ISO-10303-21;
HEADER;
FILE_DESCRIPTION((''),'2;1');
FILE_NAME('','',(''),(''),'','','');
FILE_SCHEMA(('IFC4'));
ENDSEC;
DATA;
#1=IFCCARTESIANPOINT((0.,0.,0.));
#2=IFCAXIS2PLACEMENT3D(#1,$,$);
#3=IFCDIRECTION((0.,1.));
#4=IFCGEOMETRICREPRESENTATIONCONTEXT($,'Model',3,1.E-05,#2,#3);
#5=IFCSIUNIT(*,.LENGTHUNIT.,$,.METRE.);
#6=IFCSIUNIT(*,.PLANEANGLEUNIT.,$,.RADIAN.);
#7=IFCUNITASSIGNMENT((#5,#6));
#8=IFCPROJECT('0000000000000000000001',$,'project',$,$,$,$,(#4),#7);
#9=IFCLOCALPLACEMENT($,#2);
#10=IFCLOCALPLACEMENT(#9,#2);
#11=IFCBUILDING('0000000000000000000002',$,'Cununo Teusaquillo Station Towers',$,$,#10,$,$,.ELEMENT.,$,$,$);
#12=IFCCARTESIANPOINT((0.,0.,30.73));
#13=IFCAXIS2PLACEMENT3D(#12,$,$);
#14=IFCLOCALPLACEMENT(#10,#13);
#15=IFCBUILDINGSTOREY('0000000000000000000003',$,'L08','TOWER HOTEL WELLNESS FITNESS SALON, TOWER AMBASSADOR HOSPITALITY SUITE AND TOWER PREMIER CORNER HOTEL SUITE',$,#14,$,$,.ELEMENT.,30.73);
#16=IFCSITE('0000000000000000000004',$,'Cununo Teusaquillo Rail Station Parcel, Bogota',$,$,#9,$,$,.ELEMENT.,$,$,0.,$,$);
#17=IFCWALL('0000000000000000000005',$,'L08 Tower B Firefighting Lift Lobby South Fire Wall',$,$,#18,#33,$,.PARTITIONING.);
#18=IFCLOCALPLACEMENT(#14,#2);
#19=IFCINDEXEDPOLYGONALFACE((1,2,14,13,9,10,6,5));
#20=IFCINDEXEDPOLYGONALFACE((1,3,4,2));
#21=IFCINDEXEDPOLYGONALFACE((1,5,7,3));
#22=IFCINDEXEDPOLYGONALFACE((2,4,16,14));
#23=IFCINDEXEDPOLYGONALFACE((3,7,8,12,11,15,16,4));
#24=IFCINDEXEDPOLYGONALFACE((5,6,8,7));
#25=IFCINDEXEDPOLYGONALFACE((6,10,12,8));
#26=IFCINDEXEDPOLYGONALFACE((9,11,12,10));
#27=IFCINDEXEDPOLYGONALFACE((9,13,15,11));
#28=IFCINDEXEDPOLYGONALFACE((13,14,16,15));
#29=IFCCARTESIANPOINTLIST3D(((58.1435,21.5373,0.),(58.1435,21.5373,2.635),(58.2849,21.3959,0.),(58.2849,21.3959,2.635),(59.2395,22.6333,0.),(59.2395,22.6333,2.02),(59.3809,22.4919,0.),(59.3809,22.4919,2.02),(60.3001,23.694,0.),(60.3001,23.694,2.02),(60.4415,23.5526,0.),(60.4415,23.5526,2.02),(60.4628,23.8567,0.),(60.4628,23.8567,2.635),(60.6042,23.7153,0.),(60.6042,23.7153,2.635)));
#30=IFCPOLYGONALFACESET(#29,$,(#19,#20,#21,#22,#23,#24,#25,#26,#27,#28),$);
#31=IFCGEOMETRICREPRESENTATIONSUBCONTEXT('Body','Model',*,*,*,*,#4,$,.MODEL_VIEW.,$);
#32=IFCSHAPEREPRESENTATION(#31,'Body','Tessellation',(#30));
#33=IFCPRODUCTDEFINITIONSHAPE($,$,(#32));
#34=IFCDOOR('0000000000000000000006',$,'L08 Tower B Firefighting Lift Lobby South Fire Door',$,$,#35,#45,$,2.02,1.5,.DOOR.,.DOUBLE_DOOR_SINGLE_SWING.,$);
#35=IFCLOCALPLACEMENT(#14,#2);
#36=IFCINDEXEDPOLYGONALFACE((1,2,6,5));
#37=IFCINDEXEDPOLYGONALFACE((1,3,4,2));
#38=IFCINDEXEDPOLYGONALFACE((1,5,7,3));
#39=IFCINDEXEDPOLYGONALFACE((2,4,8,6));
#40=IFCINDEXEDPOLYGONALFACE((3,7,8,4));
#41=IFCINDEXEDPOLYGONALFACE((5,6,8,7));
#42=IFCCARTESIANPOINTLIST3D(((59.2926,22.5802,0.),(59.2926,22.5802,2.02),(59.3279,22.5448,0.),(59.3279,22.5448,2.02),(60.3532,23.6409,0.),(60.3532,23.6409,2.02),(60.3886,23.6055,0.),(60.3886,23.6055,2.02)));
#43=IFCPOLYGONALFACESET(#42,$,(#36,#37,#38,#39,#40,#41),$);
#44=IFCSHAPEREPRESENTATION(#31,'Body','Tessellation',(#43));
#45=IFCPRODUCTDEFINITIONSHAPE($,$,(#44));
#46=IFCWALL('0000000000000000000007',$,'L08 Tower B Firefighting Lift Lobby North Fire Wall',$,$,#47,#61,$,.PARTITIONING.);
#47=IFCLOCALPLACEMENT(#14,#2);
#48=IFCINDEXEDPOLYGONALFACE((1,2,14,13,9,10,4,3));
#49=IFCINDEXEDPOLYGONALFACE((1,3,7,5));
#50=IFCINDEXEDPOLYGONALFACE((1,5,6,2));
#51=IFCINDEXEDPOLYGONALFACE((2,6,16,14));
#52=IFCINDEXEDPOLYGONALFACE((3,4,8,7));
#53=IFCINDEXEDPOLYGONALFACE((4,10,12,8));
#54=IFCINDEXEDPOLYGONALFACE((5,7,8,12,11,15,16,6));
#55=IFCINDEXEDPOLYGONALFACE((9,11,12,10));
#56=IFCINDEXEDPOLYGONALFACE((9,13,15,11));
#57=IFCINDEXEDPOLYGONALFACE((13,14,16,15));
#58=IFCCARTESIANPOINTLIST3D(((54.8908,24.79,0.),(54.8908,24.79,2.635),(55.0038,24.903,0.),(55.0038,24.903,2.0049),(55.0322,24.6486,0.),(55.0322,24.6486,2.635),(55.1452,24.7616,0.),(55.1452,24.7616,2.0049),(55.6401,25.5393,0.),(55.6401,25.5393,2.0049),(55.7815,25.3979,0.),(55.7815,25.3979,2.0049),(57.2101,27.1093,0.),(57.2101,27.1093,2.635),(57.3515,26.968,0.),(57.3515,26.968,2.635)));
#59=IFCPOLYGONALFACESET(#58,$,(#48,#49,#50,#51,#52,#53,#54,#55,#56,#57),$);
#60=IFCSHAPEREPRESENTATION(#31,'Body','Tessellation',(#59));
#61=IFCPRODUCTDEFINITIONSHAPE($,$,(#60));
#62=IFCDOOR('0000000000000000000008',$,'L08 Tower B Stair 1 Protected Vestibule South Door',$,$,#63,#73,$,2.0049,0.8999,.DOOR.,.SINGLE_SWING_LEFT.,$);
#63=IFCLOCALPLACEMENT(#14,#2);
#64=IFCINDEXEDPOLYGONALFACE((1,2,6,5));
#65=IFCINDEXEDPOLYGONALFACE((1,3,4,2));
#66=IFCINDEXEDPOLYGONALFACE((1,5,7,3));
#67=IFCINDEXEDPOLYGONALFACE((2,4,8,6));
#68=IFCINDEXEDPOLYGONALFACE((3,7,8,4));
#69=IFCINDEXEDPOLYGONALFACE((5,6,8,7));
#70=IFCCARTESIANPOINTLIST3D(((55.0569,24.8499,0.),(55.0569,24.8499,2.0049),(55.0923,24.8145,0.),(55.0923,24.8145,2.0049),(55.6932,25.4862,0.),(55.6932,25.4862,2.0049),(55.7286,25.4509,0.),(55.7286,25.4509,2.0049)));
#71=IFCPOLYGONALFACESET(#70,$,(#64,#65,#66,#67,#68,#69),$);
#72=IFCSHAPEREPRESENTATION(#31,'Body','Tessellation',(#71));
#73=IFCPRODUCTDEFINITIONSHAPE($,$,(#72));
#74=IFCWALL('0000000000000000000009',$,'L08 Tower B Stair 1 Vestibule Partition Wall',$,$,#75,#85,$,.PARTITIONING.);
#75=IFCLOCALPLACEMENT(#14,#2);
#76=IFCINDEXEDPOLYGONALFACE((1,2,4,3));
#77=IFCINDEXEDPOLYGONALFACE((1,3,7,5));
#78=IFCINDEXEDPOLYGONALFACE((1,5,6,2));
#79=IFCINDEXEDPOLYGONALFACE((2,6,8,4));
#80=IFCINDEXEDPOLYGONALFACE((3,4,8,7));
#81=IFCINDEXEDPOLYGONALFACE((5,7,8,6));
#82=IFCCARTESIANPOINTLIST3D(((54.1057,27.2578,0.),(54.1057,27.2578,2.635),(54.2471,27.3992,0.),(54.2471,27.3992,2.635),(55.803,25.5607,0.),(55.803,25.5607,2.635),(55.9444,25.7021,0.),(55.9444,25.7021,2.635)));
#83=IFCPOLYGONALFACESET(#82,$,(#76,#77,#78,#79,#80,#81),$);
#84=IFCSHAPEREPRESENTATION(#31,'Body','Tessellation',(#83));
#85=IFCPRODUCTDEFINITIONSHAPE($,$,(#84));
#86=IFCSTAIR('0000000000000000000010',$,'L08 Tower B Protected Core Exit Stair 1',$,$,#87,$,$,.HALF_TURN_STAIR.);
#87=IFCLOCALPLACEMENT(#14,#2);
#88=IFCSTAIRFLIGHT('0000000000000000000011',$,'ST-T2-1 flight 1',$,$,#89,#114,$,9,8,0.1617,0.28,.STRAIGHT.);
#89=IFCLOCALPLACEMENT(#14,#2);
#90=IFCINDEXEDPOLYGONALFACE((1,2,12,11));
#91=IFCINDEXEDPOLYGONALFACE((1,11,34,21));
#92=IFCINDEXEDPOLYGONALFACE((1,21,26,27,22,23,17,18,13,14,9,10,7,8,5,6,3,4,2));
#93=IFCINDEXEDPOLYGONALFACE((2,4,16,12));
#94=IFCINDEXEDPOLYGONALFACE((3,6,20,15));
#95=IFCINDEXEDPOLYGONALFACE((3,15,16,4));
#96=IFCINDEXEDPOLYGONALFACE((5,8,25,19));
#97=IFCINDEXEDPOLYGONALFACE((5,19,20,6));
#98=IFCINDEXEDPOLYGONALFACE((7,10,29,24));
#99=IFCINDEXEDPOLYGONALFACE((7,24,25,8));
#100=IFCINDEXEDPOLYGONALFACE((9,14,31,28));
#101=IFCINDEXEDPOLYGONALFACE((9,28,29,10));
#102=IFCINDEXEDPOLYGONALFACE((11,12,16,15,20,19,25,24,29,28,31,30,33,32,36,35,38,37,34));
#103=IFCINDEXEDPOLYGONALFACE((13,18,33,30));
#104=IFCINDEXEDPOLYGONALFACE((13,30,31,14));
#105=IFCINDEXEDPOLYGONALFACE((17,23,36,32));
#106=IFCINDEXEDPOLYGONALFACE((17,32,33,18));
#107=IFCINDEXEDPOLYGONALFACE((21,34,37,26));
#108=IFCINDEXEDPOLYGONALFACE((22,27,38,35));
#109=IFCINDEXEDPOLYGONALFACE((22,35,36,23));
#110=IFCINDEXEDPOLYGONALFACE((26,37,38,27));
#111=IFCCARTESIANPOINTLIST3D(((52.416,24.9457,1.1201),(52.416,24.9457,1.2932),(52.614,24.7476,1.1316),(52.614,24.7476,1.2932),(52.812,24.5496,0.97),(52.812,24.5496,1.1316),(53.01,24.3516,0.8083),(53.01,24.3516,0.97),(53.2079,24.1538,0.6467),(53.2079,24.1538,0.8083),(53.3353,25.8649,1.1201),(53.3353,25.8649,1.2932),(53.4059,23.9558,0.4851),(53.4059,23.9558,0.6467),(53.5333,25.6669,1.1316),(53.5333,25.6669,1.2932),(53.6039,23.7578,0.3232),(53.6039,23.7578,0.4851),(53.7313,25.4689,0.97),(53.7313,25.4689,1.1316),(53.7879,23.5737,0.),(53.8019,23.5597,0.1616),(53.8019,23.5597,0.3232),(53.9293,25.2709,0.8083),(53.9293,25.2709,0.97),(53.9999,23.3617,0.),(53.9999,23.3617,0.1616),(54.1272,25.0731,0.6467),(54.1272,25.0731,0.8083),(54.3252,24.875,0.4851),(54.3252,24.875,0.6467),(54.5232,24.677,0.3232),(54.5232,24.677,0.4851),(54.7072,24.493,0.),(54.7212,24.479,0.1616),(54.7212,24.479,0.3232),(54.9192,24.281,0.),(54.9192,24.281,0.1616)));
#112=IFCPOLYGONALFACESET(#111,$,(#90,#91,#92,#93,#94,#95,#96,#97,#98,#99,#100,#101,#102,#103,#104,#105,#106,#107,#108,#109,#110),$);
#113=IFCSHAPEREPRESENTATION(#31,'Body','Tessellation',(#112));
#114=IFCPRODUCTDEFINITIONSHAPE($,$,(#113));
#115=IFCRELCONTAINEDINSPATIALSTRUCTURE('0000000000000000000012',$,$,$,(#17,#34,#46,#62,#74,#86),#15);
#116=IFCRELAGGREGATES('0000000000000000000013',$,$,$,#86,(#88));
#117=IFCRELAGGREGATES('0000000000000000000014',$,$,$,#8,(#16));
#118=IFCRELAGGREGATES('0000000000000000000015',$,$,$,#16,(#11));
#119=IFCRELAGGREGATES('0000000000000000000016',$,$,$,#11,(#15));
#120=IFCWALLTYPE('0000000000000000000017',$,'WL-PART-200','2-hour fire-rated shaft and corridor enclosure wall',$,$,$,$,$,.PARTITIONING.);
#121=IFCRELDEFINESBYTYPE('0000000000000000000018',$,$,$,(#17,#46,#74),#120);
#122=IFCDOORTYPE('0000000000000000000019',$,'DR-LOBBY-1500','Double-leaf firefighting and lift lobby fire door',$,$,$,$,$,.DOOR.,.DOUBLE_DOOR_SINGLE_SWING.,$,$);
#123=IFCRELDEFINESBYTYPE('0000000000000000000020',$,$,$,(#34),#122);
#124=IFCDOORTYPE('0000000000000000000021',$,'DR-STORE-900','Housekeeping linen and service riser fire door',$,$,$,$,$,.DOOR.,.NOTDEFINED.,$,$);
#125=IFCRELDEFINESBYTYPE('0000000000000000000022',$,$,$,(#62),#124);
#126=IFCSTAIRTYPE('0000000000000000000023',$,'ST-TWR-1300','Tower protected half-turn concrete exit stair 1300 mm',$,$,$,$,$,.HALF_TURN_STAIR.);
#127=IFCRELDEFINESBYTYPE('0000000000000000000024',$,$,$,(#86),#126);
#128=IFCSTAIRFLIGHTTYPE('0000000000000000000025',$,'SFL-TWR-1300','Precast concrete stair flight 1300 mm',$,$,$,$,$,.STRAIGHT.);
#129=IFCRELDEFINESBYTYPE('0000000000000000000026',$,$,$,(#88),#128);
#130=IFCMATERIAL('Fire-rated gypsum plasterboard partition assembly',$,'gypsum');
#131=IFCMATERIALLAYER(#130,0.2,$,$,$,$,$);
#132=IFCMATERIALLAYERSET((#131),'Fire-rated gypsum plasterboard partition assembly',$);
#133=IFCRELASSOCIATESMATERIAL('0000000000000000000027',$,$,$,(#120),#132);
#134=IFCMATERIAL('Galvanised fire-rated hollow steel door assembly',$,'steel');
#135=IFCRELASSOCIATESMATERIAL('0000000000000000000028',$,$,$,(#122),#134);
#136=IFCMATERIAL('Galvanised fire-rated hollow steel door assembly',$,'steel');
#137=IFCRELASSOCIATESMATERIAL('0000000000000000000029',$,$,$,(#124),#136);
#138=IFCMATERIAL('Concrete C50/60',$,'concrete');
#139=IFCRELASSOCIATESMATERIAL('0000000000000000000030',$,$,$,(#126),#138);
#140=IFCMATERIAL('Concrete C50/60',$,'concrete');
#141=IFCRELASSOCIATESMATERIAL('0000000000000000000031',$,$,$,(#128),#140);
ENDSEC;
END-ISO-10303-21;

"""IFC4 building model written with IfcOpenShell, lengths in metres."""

from ifc_helpers import new_model, si_unit, direction, frame, frame_2d, origin, place, context, subcontext, project, spatial, polyline, rectangle, outline, extrude, source, transform, mapped, material, layer, layer_set, type_object, element, fill, aggregate, save


model = new_model("IFC4")

# Units and contexts
model_context = context("Model", 3, precision=1e-05, world=origin(), true_north=direction((0.0, 1.0)))
body_context = subcontext(model_context, "Body", "Model", "MODEL_VIEW")
ifc_project = project(units=[si_unit("LENGTHUNIT", "METRE"), si_unit("PLANEANGLEUNIT", "RADIAN")], contexts=[model_context])

# Site, building, storey
site_placement = place(None, origin())
site = spatial("IfcSite", under=ifc_project, at=site_placement, Name="Cununo Teusaquillo Rail Station Parcel, Bogota", CompositionType="ELEMENT", RefElevation=0.0)
building_placement = place(site_placement, origin())
building = spatial("IfcBuilding", under=site, at=building_placement, Name="Cununo Teusaquillo Station Towers", CompositionType="ELEMENT")
storey_placement = place(building_placement, frame((0.0, 0.0, 30.73)))
storey = spatial("IfcBuildingStorey", under=building, at=storey_placement, Name="L08", Description="TOWER HOTEL WELLNESS FITNESS SALON, TOWER AMBASSADOR HOSPITALITY SUITE AND TOWER PREMIER CORNER HOTEL SUITE", CompositionType="ELEMENT", Elevation=30.73)

# Shared definitions
shared_shape_1 = source(origin(), body_context, "Body", "SweptSolid", [
    extrude(rectangle(XDim=0.8999, YDim=2.0049, at=frame_2d((0.45, 1.0024))), frame((0.0, 0.0249, 0.0), z_axis=(0.0, -1.0, 0.0), x_axis=(1.0, 0.0, 0.0)), (0.0, 0.0, 1.0), 0.05),
])

# Walls, openings, doors
ifc_material_1 = material(Name="Fire-rated gypsum plasterboard partition assembly", Category="gypsum")
ifc_layer_1 = layer(ifc_material_1, 0.2)
ifc_layer_set_1 = layer_set([ifc_layer_1], Name="Fire-rated gypsum plasterboard partition assembly")
wall_type_1 = type_object("IfcWallType", Name="WL-PART-200", Description="2-hour fire-rated shaft and corridor enclosure wall", PredefinedType="PARTITIONING", material=ifc_layer_set_1)
wall_1_placement = place(storey_placement, frame((58.2141, 21.4666, 0.0), z_axis=(0.0, 0.0, 1.0), x_axis=(0.707107, 0.707107, 0.0)))
wall_1 = element("IfcWall", 1, at=wall_1_placement, inside=storey, type_object=wall_type_1, Name="L08 Tower B Firefighting Lift Lobby South Fire Wall", PredefinedType="PARTITIONING", context=body_context, shape_type="SweptSolid", body=[
    extrude(rectangle(XDim=3.28, YDim=0.2, at=frame_2d((1.6401, 0.0))), origin(), (0.0, 0.0, 1.0), 2.635),
])
shared_shape_2 = source(origin(), body_context, "Body", "SweptSolid", [
    extrude(rectangle(XDim=1.5, YDim=2.02, at=frame_2d((0.75, 1.01))), frame((0.0, 0.1099, 0.0), z_axis=(0.0, -1.0, 0.0), x_axis=(1.0, 0.0, 0.0)), (0.0, 0.0, 1.0), 0.22),
])
opening_1_placement = place(wall_1_placement, frame((1.55, 0.0, 0.0)))
opening_1 = element("IfcOpeningElement", 2, at=opening_1_placement, cuts=wall_1, PredefinedType="OPENING", context=body_context, shape_type="MappedRepresentation", body=[
    mapped(shared_shape_2, transform((0.0, 0.0, 0.0), x_axis=(1.0, 0.0, 0.0), y_axis=(0.0, 1.0, 0.0), z_axis=(0.0, 0.0, 1.0), scale=1.0)),
])
ifc_material_2 = material(Name="Galvanised fire-rated hollow steel door assembly", Category="steel")
door_type_1 = type_object("IfcDoorType", Name="DR-LOBBY-1500", Description="Double-leaf firefighting and lift lobby fire door", OperationType="DOUBLE_DOOR_SINGLE_SWING", PredefinedType="DOOR", material=ifc_material_2)
shared_shape_3 = source(origin(), body_context, "Body", "SweptSolid", [
    extrude(rectangle(XDim=1.5, YDim=2.02, at=frame_2d((0.75, 1.01))), frame((0.0, 0.0249, 0.0), z_axis=(0.0, -1.0, 0.0), x_axis=(1.0, 0.0, 0.0)), (0.0, 0.0, 1.0), 0.05),
])
door_1_placement = place(opening_1_placement, origin())
door_1 = element("IfcDoor", 3, at=door_1_placement, inside=storey, type_object=door_type_1, Name="L08 Tower B Firefighting Lift Lobby South Fire Door", OperationType="DOUBLE_DOOR_SINGLE_SWING", OverallHeight=2.02, OverallWidth=1.5, PredefinedType="DOOR", context=body_context, shape_type="MappedRepresentation", body=[
    mapped(shared_shape_3, transform((0.0, 0.0, 0.0), x_axis=(1.0, 0.0, 0.0), y_axis=(0.0, 1.0, 0.0), z_axis=(0.0, 0.0, 1.0), scale=1.0)),
])
fill(opening_1, door_1)
wall_2_placement = place(storey_placement, frame((54.9614, 24.7192, 0.0), z_axis=(0.0, 0.0, 1.0), x_axis=(0.707107, 0.707107, 0.0)))
wall_2 = element("IfcWall", 4, at=wall_2_placement, inside=storey, type_object=wall_type_1, Name="L08 Tower B Firefighting Lift Lobby North Fire Wall", PredefinedType="PARTITIONING", context=body_context, shape_type="SweptSolid", body=[
    extrude(rectangle(XDim=3.28, YDim=0.2, at=frame_2d((1.6401, 0.0))), origin(), (0.0, 0.0, 1.0), 2.635),
])
shared_shape_4 = source(origin(), body_context, "Body", "SweptSolid", [
    extrude(rectangle(XDim=0.8999, YDim=2.0049, at=frame_2d((0.45, 1.0024))), frame((0.0, 0.1099, 0.0), z_axis=(0.0, -1.0, 0.0), x_axis=(1.0, 0.0, 0.0)), (0.0, 0.0, 1.0), 0.22),
])
opening_2_placement = place(wall_2_placement, frame((0.1599, 0.0, 0.0)))
opening_2 = element("IfcOpeningElement", 5, at=opening_2_placement, cuts=wall_2, PredefinedType="OPENING", context=body_context, shape_type="MappedRepresentation", body=[
    mapped(shared_shape_4, transform((0.0, 0.0, 0.0), x_axis=(1.0, 0.0, 0.0), y_axis=(0.0, 1.0, 0.0), z_axis=(0.0, 0.0, 1.0), scale=1.0)),
])
ifc_material_3 = material(Name="Galvanised fire-rated hollow steel door assembly", Category="steel")
door_type_2 = type_object("IfcDoorType", Name="DR-STORE-900", Description="Housekeeping linen and service riser fire door", OperationType="NOTDEFINED", PredefinedType="DOOR", material=ifc_material_3)
door_2_placement = place(opening_2_placement, origin())
door_2 = element("IfcDoor", 6, at=door_2_placement, inside=storey, type_object=door_type_2, Name="L08 Tower B Stair 1 Protected Vestibule South Door", OperationType="SINGLE_SWING_LEFT", OverallHeight=2.0049, OverallWidth=0.8999, PredefinedType="DOOR", context=body_context, shape_type="MappedRepresentation", body=[
    mapped(shared_shape_1, transform((0.0, 0.0, 0.0), x_axis=(1.0, 0.0, 0.0), y_axis=(0.0, 1.0, 0.0), z_axis=(0.0, 0.0, 1.0), scale=1.0)),
])
fill(opening_2, door_2)

# Wall
wall_3_placement = place(storey_placement, frame((55.8738, 25.6313, 0.0), z_axis=(0.0, 0.0, 1.0), x_axis=(-0.707158, 0.707056, 0.0)))
element("IfcWall", 7, at=wall_3_placement, inside=storey, type_object=wall_type_1, Name="L08 Tower B Stair 1 Vestibule Partition Wall", PredefinedType="PARTITIONING", context=body_context, shape_type="SweptSolid", body=[
    extrude(rectangle(XDim=2.4001, YDim=0.2, at=frame_2d((1.2002, 0.0))), origin(), (0.0, 0.0, 1.0), 2.635),
])

# Stair, stair flight
ifc_material_4 = material(Name="Concrete C50/60", Category="concrete")
stair_type = type_object("IfcStairType", Name="ST-TWR-1300", Description="Tower protected half-turn concrete exit stair 1300 mm", PredefinedType="HALF_TURN_STAIR", material=ifc_material_4)
stair_placement = place(storey_placement, origin())
stair = element("IfcStair", 8, at=stair_placement, inside=storey, type_object=stair_type, Name="L08 Tower B Protected Core Exit Stair 1", PredefinedType="HALF_TURN_STAIR")
ifc_material_5 = material(Name="Concrete C50/60", Category="concrete")
stair_flight_type = type_object("IfcStairFlightType", Name="SFL-TWR-1300", Description="Precast concrete stair flight 1300 mm", PredefinedType="STRAIGHT", material=ifc_material_5)
stair_flight_placement = place(storey_placement, frame((54.4595, 23.8213, 0.0), z_axis=(0.0, 0.0, 1.0), x_axis=(-0.707107, 0.707107, 0.0)))
stair_flight = element("IfcStairFlight", 9, at=stair_flight_placement, type_object=stair_flight_type, Name="ST-T2-1 flight 1", NumberOfRisers=9, NumberOfTreads=8, PredefinedType="STRAIGHT", RiserHeight=0.1617, TreadLength=0.28, context=body_context, shape_type="SweptSolid", body=[
    extrude(outline(polyline([(0.0, 0.0), (0.0, 0.1616), (0.28, 0.1616), (0.28, 0.3232), (0.5601, 0.3232), (0.5601, 0.4851), (0.8401, 0.4851), (0.8401, 0.6467), (1.1201, 0.6467), (1.1201, 0.8083), (1.3999, 0.8083), (1.3999, 0.97), (1.6799, 0.97), (1.6799, 1.1316), (1.96, 1.1316), (1.96, 1.2932), (2.24, 1.2932), (2.24, 1.4551), (2.24, 1.1201), (0.2998, 0.0), (0.0, 0.0)])), frame((0.0, 0.6499, 0.0), z_axis=(0.0, -1.0, 0.0), x_axis=(1.0, 0.0, 0.0)), (0.0, 0.0, 1.0), 1.3),
])
aggregate(stair, [stair_flight])

save(model, "model.ifc")
